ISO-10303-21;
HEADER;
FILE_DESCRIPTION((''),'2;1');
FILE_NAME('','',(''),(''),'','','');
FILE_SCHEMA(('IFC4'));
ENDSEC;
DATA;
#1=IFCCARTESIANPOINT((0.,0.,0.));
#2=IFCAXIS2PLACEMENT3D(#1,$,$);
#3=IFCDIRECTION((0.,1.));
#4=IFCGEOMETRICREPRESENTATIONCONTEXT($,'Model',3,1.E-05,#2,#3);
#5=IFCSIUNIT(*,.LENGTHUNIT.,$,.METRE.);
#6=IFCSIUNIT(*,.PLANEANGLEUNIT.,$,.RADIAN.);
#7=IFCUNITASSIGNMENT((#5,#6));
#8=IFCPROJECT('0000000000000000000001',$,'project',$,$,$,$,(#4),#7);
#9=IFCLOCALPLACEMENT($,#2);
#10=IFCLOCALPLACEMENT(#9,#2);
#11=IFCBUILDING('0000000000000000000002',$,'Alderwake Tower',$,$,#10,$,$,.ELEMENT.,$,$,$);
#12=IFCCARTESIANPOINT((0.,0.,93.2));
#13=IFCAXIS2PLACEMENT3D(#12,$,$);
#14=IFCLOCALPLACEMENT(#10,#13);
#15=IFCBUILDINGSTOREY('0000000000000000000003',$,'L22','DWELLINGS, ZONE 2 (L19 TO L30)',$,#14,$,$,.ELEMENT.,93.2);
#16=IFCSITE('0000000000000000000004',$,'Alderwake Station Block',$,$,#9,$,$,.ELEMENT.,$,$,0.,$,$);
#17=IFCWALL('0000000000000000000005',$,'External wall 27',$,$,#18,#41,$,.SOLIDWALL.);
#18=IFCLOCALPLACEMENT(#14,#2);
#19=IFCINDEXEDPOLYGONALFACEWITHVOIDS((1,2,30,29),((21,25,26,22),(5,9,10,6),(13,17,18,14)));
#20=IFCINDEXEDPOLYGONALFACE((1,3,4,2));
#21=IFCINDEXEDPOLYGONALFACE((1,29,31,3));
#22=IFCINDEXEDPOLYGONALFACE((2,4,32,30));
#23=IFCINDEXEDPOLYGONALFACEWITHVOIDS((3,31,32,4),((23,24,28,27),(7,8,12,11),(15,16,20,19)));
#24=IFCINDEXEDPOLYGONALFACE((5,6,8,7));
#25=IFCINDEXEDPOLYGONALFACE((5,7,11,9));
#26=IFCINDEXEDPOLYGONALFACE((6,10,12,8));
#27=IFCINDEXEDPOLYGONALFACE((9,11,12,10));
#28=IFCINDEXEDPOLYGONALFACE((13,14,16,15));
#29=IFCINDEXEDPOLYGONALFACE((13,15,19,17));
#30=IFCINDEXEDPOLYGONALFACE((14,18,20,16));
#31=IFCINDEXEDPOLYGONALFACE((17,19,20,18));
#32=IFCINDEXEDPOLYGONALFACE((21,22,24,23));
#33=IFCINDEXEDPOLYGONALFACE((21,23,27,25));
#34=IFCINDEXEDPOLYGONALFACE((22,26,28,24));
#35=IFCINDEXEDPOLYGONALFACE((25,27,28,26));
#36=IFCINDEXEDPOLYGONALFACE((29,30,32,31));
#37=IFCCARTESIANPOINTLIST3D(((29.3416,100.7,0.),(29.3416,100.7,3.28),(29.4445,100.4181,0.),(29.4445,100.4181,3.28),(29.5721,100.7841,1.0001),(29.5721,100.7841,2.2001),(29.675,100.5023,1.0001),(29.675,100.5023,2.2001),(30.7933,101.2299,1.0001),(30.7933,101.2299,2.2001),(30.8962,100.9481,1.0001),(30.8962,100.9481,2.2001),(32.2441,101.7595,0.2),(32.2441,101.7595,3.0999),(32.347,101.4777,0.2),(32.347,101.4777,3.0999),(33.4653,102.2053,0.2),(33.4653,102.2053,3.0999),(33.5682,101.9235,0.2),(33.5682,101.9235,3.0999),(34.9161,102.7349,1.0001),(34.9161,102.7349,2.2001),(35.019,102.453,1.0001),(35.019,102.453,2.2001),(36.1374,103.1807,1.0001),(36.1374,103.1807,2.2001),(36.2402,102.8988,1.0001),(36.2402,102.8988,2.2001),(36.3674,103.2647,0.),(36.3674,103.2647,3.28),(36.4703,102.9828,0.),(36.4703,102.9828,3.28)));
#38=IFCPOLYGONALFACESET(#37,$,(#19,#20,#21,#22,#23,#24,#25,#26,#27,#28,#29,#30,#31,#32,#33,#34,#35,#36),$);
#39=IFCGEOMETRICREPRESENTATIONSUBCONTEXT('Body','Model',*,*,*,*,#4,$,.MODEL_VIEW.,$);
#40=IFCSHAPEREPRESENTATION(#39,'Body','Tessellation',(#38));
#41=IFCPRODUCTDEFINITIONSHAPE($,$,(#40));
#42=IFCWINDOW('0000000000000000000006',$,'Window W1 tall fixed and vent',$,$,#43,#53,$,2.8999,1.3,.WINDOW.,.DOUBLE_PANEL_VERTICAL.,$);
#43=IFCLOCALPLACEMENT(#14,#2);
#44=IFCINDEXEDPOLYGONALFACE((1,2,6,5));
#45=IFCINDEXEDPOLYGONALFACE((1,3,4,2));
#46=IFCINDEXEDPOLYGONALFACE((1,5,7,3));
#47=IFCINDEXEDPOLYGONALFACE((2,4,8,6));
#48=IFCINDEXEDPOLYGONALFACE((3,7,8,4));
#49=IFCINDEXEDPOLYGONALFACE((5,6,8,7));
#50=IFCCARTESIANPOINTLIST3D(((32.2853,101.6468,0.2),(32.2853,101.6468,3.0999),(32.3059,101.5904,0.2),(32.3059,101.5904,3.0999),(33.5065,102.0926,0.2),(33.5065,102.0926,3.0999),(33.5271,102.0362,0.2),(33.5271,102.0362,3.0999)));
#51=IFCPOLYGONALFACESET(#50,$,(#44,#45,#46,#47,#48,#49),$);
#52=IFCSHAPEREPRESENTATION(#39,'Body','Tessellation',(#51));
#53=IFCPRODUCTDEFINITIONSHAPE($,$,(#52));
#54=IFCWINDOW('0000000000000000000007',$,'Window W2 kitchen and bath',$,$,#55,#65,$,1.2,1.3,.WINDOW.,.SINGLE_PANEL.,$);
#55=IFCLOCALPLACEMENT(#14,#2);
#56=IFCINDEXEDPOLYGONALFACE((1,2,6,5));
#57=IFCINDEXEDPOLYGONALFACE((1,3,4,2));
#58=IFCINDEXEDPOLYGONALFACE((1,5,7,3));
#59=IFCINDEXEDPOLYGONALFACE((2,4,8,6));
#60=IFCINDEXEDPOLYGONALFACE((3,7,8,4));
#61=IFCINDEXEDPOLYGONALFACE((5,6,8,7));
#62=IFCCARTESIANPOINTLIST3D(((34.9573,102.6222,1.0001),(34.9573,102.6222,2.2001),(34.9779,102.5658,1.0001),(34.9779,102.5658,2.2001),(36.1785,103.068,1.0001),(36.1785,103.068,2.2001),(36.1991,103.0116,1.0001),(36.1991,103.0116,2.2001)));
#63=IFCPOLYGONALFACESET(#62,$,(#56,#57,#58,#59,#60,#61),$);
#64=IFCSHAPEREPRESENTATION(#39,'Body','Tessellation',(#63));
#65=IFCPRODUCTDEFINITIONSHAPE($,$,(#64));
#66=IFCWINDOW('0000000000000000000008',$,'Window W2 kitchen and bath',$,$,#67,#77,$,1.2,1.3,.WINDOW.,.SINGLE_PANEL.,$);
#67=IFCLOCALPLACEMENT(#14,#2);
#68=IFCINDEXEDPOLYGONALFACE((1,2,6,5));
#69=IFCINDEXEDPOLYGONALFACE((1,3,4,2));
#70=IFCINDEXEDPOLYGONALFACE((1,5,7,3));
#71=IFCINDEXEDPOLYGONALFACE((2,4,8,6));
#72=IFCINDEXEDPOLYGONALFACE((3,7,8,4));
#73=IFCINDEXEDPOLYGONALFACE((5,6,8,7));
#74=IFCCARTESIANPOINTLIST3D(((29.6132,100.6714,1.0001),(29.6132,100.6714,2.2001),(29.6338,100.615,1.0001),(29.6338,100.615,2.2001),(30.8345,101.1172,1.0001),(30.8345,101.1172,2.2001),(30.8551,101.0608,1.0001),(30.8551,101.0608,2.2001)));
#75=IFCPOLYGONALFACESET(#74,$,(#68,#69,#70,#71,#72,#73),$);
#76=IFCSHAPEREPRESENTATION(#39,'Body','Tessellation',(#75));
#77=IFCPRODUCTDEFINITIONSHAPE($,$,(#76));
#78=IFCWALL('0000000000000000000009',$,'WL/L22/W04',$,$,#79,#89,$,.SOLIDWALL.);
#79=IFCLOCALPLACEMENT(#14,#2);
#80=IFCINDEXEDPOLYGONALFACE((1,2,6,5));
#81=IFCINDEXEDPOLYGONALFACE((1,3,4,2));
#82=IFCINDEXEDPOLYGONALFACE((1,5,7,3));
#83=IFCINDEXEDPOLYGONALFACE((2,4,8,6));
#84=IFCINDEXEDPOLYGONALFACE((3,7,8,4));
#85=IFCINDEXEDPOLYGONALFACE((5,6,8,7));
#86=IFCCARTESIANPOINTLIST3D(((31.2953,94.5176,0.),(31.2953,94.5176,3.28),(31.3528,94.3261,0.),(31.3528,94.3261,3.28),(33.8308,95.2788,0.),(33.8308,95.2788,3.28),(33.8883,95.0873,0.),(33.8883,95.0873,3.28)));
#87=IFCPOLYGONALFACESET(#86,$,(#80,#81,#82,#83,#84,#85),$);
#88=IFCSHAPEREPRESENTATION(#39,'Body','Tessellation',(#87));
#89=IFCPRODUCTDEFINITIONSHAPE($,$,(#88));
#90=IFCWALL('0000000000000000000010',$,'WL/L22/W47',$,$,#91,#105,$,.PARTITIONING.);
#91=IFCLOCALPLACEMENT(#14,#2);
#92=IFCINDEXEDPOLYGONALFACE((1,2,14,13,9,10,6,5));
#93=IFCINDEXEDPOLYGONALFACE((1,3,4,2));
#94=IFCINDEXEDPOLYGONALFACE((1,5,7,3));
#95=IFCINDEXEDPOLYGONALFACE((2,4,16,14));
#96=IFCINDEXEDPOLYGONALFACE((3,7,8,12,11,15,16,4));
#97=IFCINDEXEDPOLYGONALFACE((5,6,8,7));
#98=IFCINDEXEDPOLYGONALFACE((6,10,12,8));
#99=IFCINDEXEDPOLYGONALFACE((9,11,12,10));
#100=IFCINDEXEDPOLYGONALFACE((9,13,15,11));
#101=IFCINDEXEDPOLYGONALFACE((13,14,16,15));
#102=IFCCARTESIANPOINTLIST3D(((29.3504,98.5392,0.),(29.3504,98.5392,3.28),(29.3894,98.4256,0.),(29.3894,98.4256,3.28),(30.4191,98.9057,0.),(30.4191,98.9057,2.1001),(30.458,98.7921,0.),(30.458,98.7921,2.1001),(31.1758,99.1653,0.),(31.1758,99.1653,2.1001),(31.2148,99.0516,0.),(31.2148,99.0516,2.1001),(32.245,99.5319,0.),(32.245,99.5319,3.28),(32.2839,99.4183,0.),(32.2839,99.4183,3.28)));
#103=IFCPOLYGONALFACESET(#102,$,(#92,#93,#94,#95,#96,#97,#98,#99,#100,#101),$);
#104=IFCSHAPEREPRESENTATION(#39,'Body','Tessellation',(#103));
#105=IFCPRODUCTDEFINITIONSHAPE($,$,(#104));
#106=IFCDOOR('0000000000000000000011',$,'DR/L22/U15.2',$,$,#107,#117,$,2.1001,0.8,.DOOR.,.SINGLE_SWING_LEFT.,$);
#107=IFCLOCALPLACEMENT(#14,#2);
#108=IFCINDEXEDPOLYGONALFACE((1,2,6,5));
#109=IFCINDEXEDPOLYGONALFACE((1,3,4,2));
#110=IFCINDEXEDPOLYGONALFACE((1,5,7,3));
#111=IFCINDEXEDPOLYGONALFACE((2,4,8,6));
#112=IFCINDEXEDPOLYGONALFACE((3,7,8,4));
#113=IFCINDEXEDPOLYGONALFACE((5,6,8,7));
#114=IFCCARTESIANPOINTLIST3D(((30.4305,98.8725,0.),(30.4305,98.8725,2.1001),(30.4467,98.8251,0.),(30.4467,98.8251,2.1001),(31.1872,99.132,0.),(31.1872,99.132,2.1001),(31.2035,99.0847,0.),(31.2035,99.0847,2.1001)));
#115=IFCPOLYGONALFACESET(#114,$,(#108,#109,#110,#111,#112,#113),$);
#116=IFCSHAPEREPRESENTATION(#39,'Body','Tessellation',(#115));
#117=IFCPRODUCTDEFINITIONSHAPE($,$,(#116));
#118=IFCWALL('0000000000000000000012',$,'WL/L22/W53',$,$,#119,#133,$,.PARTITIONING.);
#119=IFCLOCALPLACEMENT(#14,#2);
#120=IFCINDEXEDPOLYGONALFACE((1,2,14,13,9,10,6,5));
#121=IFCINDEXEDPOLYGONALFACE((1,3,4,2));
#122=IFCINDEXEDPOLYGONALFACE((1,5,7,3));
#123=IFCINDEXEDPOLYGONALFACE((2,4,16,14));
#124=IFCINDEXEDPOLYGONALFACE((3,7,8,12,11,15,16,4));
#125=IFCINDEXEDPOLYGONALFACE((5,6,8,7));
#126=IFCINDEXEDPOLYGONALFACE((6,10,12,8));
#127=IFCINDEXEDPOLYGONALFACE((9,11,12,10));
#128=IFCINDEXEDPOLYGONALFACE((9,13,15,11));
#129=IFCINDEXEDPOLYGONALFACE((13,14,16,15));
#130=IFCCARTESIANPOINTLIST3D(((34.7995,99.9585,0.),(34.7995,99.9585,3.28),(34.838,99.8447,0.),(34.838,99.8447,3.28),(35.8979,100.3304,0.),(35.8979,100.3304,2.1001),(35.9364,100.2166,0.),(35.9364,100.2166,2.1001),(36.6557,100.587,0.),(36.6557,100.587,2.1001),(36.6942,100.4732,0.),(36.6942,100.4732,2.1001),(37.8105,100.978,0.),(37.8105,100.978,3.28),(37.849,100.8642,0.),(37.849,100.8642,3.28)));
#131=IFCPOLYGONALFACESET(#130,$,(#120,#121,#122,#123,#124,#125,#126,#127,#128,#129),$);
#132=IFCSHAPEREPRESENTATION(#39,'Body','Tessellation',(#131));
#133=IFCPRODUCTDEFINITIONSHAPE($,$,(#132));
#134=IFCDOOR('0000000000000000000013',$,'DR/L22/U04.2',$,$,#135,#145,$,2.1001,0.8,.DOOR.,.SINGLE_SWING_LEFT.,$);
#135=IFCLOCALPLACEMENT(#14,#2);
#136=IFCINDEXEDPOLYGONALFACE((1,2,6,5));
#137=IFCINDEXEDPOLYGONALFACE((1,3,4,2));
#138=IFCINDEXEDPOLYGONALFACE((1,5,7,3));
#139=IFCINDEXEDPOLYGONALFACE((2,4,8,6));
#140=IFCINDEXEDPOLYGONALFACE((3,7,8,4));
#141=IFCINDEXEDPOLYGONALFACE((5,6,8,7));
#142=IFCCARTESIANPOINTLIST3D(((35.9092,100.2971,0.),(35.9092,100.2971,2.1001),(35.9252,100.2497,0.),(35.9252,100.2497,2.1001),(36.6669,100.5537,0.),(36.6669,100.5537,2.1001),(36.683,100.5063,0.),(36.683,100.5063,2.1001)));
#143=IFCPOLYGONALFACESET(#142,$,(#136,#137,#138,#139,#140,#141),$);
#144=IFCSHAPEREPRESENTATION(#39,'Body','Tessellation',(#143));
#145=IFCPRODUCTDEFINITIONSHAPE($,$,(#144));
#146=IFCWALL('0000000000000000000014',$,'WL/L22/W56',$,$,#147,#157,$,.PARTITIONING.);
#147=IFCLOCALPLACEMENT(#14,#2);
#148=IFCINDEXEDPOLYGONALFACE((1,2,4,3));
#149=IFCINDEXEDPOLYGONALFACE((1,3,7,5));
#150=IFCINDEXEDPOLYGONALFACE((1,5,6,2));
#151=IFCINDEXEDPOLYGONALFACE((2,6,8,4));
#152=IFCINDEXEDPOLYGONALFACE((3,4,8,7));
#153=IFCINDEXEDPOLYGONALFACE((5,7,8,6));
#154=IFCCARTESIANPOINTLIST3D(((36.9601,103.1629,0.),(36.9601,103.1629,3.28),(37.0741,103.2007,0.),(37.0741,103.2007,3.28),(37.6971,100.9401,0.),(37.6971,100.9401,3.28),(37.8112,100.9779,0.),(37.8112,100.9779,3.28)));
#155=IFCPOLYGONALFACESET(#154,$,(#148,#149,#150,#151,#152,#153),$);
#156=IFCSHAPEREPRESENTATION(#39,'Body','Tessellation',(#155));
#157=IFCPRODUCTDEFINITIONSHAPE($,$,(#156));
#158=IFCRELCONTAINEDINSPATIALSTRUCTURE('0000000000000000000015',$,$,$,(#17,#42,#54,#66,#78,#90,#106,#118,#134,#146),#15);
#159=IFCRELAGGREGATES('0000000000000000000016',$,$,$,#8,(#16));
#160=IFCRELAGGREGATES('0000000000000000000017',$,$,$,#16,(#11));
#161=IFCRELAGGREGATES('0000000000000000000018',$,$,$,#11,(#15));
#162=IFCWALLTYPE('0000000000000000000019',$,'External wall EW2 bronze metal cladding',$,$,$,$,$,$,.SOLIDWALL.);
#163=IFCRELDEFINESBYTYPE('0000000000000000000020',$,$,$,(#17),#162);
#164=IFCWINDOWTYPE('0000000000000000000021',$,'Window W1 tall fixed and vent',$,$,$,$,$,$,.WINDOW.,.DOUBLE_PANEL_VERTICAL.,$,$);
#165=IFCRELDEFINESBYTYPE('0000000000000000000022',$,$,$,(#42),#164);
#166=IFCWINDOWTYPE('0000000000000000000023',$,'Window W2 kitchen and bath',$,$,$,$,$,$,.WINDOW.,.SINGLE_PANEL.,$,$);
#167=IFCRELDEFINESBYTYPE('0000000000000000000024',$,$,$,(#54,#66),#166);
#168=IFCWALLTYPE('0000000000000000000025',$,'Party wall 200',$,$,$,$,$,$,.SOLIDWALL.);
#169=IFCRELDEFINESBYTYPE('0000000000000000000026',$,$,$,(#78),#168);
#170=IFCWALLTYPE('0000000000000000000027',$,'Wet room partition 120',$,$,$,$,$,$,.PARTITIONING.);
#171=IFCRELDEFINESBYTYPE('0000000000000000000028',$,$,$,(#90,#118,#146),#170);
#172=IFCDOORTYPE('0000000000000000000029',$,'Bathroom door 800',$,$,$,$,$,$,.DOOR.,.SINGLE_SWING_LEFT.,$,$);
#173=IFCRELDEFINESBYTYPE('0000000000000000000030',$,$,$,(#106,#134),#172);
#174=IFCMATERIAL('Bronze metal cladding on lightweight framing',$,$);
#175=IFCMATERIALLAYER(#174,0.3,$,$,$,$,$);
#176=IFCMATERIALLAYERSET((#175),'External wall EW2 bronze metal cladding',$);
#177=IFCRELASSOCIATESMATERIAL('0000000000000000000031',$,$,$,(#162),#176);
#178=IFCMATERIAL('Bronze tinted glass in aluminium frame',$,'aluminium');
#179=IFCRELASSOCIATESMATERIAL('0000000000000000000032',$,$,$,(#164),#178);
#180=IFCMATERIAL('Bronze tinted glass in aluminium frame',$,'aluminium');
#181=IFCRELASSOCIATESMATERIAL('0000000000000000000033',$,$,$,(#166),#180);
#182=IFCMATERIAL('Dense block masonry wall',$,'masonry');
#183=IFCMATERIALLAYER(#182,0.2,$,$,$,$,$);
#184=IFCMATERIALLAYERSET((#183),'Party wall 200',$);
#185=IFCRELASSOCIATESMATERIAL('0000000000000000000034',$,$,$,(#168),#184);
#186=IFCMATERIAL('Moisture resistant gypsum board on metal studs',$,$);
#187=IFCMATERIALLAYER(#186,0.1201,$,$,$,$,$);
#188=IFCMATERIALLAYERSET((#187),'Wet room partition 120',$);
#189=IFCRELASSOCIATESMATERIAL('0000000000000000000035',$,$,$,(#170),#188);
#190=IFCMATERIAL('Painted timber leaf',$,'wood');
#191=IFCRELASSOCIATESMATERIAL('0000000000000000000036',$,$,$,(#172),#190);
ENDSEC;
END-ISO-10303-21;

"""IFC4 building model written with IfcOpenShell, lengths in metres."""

from ifc_helpers import new_model, si_unit, direction, frame, frame_2d, origin, place, context, subcontext, project, spatial, rectangle, extrude, material, layer, layer_set, type_object, element, fill, save


model = new_model("IFC4")

# Units and contexts
model_context = context("Model", 3, precision=1e-05, world=origin(), true_north=direction((0.0, 1.0)))
body_context = subcontext(model_context, "Body", "Model", "MODEL_VIEW")
ifc_project = project(units=[si_unit("LENGTHUNIT", "METRE"), si_unit("PLANEANGLEUNIT", "RADIAN")], contexts=[model_context])

# Site, building, storey
site_placement = place(None, origin())
site = spatial("IfcSite", under=ifc_project, at=site_placement, Name="Alderwake Station Block", CompositionType="ELEMENT", RefElevation=0.0)
building_placement = place(site_placement, origin())
building = spatial("IfcBuilding", under=site, at=building_placement, Name="Alderwake Tower", CompositionType="ELEMENT")
storey_placement = place(building_placement, frame((0.0, 0.0, 93.2)))
storey = spatial("IfcBuildingStorey", under=building, at=storey_placement, Name="L22", Description="DWELLINGS, ZONE 2 (L19 TO L30)", CompositionType="ELEMENT", Elevation=93.2)

# Wall, openings, windows
ifc_material_1 = material(Name="Bronze metal cladding on lightweight framing")
ifc_layer_1 = layer(ifc_material_1, 0.3)
ifc_layer_set_1 = layer_set([ifc_layer_1], Name="External wall EW2 bronze metal cladding")
wall_type_1 = type_object("IfcWallType", Name="External wall EW2 bronze metal cladding", PredefinedType="SOLIDWALL", material=ifc_layer_set_1)
wall_1_placement = place(storey_placement, frame((36.4189, 103.1238, 0.0), z_axis=(0.0, 0.0, 1.0), x_axis=(-0.939371, -0.342904, 0.0)))
wall_1 = element("IfcWall", 1, at=wall_1_placement, inside=storey, type_object=wall_type_1, Name="External wall 27", PredefinedType="SOLIDWALL", context=body_context, shape_type="SweptSolid", body=[
    extrude(rectangle(XDim=7.4792, YDim=0.3, at=frame_2d((3.7397, 0.0))), origin(), (0.0, 0.0, 1.0), 3.28),
])
opening_1_placement = place(wall_1_placement, frame((0.2451, 0.0, 1.0)))
opening_1 = element("IfcOpeningElement", 2, at=opening_1_placement, cuts=wall_1, PredefinedType="OPENING", context=body_context, shape_type="SweptSolid", body=[
    extrude(rectangle(XDim=1.3, YDim=1.2, at=frame_2d((0.6499, 0.6001))), frame((0.0, 0.1599, 0.0), z_axis=(0.0, -1.0, 0.0), x_axis=(1.0, 0.0, 0.0)), (0.0, 0.0, 1.0), 0.3201),
])
opening_2_placement = place(wall_1_placement, frame((3.0896, 0.0, 0.2)))
opening_2 = element("IfcOpeningElement", 3, at=opening_2_placement, cuts=wall_1, PredefinedType="OPENING", context=body_context, shape_type="SweptSolid", body=[
    extrude(rectangle(XDim=1.3, YDim=2.8999, at=frame_2d((0.6499, 1.45))), frame((0.0, 0.1599, 0.0), z_axis=(0.0, -1.0, 0.0), x_axis=(1.0, 0.0, 0.0)), (0.0, 0.0, 1.0), 0.3201),
])
opening_3_placement = place(wall_1_placement, frame((5.9341, 0.0, 1.0)))
opening_3 = element("IfcOpeningElement", 4, at=opening_3_placement, cuts=wall_1, PredefinedType="OPENING", context=body_context, shape_type="SweptSolid", body=[
    extrude(rectangle(XDim=1.3, YDim=1.2, at=frame_2d((0.6499, 0.6001))), frame((0.0, 0.1599, 0.0), z_axis=(0.0, -1.0, 0.0), x_axis=(1.0, 0.0, 0.0)), (0.0, 0.0, 1.0), 0.3201),
])
ifc_material_2 = material(Name="Bronze tinted glass in aluminium frame", Category="aluminium")
window_type_1 = type_object("IfcWindowType", Name="Window W1 tall fixed and vent", PartitioningType="DOUBLE_PANEL_VERTICAL", PredefinedType="WINDOW", material=ifc_material_2)
window_1_placement = place(opening_2_placement, origin())
window_1 = element("IfcWindow", 5, at=window_1_placement, inside=storey, type_object=window_type_1, Name="Window W1 tall fixed and vent", OverallHeight=2.8999, OverallWidth=1.3, PartitioningType="DOUBLE_PANEL_VERTICAL", PredefinedType="WINDOW", context=body_context, shape_type="SweptSolid", body=[
    extrude(rectangle(XDim=1.3, YDim=2.8999, at=frame_2d((0.6499, 1.45))), frame((0.0, 0.03, 0.0), z_axis=(0.0, -1.0, 0.0), x_axis=(1.0, 0.0, 0.0)), (0.0, 0.0, 1.0), 0.0601),
])
fill(opening_2, window_1)
ifc_material_3 = material(Name="Bronze tinted glass in aluminium frame", Category="aluminium")
window_type_2 = type_object("IfcWindowType", Name="Window W2 kitchen and bath", PartitioningType="SINGLE_PANEL", PredefinedType="WINDOW", material=ifc_material_3)
window_2_placement = place(opening_1_placement, origin())
window_2 = element("IfcWindow", 6, at=window_2_placement, inside=storey, type_object=window_type_2, Name="Window W2 kitchen and bath", OverallHeight=1.2, OverallWidth=1.3, PartitioningType="SINGLE_PANEL", PredefinedType="WINDOW", context=body_context, shape_type="SweptSolid", body=[
    extrude(rectangle(XDim=1.3, YDim=1.2, at=frame_2d((0.6499, 0.6001))), frame((0.0, 0.03, 0.0), z_axis=(0.0, -1.0, 0.0), x_axis=(1.0, 0.0, 0.0)), (0.0, 0.0, 1.0), 0.0601),
])
fill(opening_1, window_2)
window_3_placement = place(opening_3_placement, origin())
window_3 = element("IfcWindow", 7, at=window_3_placement, inside=storey, type_object=window_type_2, Name="Window W2 kitchen and bath", OverallHeight=1.2, OverallWidth=1.3, PartitioningType="SINGLE_PANEL", PredefinedType="WINDOW", context=body_context, shape_type="SweptSolid", body=[
    extrude(rectangle(XDim=1.3, YDim=1.2, at=frame_2d((0.6499, 0.6001))), frame((0.0, 0.03, 0.0), z_axis=(0.0, -1.0, 0.0), x_axis=(1.0, 0.0, 0.0)), (0.0, 0.0, 1.0), 0.0601),
])
fill(opening_3, window_3)

# Wall
ifc_material_4 = material(Name="Dense block masonry wall", Category="masonry")
ifc_layer_2 = layer(ifc_material_4, 0.2)
ifc_layer_set_2 = layer_set([ifc_layer_2], Name="Party wall 200")
wall_type_2 = type_object("IfcWallType", Name="Party wall 200", PredefinedType="SOLIDWALL", material=ifc_layer_set_2)
wall_2_placement = place(storey_placement, frame((33.8596, 95.1831, 0.0), z_axis=(0.0, 0.0, 1.0), x_axis=(-0.957763, -0.287559, 0.0)))
element("IfcWall", 8, at=wall_2_placement, inside=storey, type_object=wall_type_2, Name="WL/L22/W04", PredefinedType="SOLIDWALL", context=body_context, shape_type="SweptSolid", body=[
    extrude(rectangle(XDim=2.6472, YDim=0.2, at=frame_2d((1.3237, 0.0))), origin(), (0.0, 0.0, 1.0), 3.28),
])

# Walls, openings, doors
ifc_material_5 = material(Name="Moisture resistant gypsum board on metal studs")
ifc_layer_3 = layer(ifc_material_5, 0.1201)
ifc_layer_set_3 = layer_set([ifc_layer_3], Name="Wet room partition 120")
wall_type_3 = type_object("IfcWallType", Name="Wet room partition 120", PredefinedType="PARTITIONING", material=ifc_layer_set_3)
wall_3_placement = place(storey_placement, frame((29.3699, 98.4824, 0.0), z_axis=(0.0, 0.0, 1.0), x_axis=(0.945919, 0.324402, 0.0)))
wall_3 = element("IfcWall", 9, at=wall_3_placement, inside=storey, type_object=wall_type_3, Name="WL/L22/W47", PredefinedType="PARTITIONING", context=body_context, shape_type="SweptSolid", body=[
    extrude(rectangle(XDim=3.0601, YDim=0.1201, at=frame_2d((1.53, 0.0))), origin(), (0.0, 0.0, 1.0), 3.28),
])
opening_4_placement = place(wall_3_placement, frame((1.1299, 0.0, 0.0)))
opening_4 = element("IfcOpeningElement", 10, at=opening_4_placement, cuts=wall_3, PredefinedType="OPENING", context=body_context, shape_type="SweptSolid", body=[
    extrude(rectangle(XDim=0.8, YDim=2.1001, at=frame_2d((0.3999, 1.05))), frame((0.0, 0.0701, 0.0), z_axis=(0.0, -1.0, 0.0), x_axis=(1.0, 0.0, 0.0)), (0.0, 0.0, 1.0), 0.1401),
])
ifc_material_6 = material(Name="Painted timber leaf", Category="wood")
door_type_1 = type_object("IfcDoorType", Name="Bathroom door 800", OperationType="SINGLE_SWING_LEFT", PredefinedType="DOOR", material=ifc_material_6)
door_1_placement = place(opening_4_placement, origin())
door_1 = element("IfcDoor", 11, at=door_1_placement, inside=storey, type_object=door_type_1, Name="DR/L22/U15.2", OperationType="SINGLE_SWING_LEFT", OverallHeight=2.1001, OverallWidth=0.8, PredefinedType="DOOR", context=body_context, shape_type="SweptSolid", body=[
    extrude(rectangle(XDim=0.8, YDim=2.1001, at=frame_2d((0.3999, 1.05))), frame((0.0, 0.0249, 0.0), z_axis=(0.0, -1.0, 0.0), x_axis=(1.0, 0.0, 0.0)), (0.0, 0.0, 1.0), 0.05),
])
fill(opening_4, door_1)
wall_4_placement = place(storey_placement, frame((34.8188, 99.9016, 0.0), z_axis=(0.0, 0.0, 1.0), x_axis=(0.947175, 0.320717, 0.0)))
wall_4 = element("IfcWall", 12, at=wall_4_placement, inside=storey, type_object=wall_type_3, Name="WL/L22/W53", PredefinedType="PARTITIONING", context=body_context, shape_type="SweptSolid", body=[
    extrude(rectangle(XDim=3.179, YDim=0.1201, at=frame_2d((1.5894, 0.0))), origin(), (0.0, 0.0, 1.0), 3.28),
])
opening_5_placement = place(wall_4_placement, frame((1.1597, 0.0, 0.0)))
opening_5 = element("IfcOpeningElement", 13, at=opening_5_placement, cuts=wall_4, PredefinedType="OPENING", context=body_context, shape_type="SweptSolid", body=[
    extrude(rectangle(XDim=0.8, YDim=2.1001, at=frame_2d((0.3999, 1.05))), frame((0.0, 0.0701, 0.0), z_axis=(0.0, -1.0, 0.0), x_axis=(1.0, 0.0, 0.0)), (0.0, 0.0, 1.0), 0.1401),
])
door_2_placement = place(opening_5_placement, origin())
door_2 = element("IfcDoor", 14, at=door_2_placement, inside=storey, type_object=door_type_1, Name="DR/L22/U04.2", OperationType="SINGLE_SWING_LEFT", OverallHeight=2.1001, OverallWidth=0.8, PredefinedType="DOOR", context=body_context, shape_type="SweptSolid", body=[
    extrude(rectangle(XDim=0.8, YDim=2.1001, at=frame_2d((0.3999, 1.05))), frame((0.0, 0.0249, 0.0), z_axis=(0.0, -1.0, 0.0), x_axis=(1.0, 0.0, 0.0)), (0.0, 0.0, 1.0), 0.05),
])
fill(opening_5, door_2)

# Wall
wall_5_placement = place(storey_placement, frame((37.7542, 100.959, 0.0), z_axis=(0.0, 0.0, 1.0), x_axis=(-0.314726, 0.949183, 0.0)))
element("IfcWall", 15, at=wall_5_placement, inside=storey, type_object=wall_type_3, Name="WL/L22/W56", PredefinedType="PARTITIONING", context=body_context, shape_type="SweptSolid", body=[
    extrude(rectangle(XDim=2.3418, YDim=0.1201, at=frame_2d((1.1709, 0.0))), origin(), (0.0, 0.0, 1.0), 3.28),
])

save(model, "model.ifc")
